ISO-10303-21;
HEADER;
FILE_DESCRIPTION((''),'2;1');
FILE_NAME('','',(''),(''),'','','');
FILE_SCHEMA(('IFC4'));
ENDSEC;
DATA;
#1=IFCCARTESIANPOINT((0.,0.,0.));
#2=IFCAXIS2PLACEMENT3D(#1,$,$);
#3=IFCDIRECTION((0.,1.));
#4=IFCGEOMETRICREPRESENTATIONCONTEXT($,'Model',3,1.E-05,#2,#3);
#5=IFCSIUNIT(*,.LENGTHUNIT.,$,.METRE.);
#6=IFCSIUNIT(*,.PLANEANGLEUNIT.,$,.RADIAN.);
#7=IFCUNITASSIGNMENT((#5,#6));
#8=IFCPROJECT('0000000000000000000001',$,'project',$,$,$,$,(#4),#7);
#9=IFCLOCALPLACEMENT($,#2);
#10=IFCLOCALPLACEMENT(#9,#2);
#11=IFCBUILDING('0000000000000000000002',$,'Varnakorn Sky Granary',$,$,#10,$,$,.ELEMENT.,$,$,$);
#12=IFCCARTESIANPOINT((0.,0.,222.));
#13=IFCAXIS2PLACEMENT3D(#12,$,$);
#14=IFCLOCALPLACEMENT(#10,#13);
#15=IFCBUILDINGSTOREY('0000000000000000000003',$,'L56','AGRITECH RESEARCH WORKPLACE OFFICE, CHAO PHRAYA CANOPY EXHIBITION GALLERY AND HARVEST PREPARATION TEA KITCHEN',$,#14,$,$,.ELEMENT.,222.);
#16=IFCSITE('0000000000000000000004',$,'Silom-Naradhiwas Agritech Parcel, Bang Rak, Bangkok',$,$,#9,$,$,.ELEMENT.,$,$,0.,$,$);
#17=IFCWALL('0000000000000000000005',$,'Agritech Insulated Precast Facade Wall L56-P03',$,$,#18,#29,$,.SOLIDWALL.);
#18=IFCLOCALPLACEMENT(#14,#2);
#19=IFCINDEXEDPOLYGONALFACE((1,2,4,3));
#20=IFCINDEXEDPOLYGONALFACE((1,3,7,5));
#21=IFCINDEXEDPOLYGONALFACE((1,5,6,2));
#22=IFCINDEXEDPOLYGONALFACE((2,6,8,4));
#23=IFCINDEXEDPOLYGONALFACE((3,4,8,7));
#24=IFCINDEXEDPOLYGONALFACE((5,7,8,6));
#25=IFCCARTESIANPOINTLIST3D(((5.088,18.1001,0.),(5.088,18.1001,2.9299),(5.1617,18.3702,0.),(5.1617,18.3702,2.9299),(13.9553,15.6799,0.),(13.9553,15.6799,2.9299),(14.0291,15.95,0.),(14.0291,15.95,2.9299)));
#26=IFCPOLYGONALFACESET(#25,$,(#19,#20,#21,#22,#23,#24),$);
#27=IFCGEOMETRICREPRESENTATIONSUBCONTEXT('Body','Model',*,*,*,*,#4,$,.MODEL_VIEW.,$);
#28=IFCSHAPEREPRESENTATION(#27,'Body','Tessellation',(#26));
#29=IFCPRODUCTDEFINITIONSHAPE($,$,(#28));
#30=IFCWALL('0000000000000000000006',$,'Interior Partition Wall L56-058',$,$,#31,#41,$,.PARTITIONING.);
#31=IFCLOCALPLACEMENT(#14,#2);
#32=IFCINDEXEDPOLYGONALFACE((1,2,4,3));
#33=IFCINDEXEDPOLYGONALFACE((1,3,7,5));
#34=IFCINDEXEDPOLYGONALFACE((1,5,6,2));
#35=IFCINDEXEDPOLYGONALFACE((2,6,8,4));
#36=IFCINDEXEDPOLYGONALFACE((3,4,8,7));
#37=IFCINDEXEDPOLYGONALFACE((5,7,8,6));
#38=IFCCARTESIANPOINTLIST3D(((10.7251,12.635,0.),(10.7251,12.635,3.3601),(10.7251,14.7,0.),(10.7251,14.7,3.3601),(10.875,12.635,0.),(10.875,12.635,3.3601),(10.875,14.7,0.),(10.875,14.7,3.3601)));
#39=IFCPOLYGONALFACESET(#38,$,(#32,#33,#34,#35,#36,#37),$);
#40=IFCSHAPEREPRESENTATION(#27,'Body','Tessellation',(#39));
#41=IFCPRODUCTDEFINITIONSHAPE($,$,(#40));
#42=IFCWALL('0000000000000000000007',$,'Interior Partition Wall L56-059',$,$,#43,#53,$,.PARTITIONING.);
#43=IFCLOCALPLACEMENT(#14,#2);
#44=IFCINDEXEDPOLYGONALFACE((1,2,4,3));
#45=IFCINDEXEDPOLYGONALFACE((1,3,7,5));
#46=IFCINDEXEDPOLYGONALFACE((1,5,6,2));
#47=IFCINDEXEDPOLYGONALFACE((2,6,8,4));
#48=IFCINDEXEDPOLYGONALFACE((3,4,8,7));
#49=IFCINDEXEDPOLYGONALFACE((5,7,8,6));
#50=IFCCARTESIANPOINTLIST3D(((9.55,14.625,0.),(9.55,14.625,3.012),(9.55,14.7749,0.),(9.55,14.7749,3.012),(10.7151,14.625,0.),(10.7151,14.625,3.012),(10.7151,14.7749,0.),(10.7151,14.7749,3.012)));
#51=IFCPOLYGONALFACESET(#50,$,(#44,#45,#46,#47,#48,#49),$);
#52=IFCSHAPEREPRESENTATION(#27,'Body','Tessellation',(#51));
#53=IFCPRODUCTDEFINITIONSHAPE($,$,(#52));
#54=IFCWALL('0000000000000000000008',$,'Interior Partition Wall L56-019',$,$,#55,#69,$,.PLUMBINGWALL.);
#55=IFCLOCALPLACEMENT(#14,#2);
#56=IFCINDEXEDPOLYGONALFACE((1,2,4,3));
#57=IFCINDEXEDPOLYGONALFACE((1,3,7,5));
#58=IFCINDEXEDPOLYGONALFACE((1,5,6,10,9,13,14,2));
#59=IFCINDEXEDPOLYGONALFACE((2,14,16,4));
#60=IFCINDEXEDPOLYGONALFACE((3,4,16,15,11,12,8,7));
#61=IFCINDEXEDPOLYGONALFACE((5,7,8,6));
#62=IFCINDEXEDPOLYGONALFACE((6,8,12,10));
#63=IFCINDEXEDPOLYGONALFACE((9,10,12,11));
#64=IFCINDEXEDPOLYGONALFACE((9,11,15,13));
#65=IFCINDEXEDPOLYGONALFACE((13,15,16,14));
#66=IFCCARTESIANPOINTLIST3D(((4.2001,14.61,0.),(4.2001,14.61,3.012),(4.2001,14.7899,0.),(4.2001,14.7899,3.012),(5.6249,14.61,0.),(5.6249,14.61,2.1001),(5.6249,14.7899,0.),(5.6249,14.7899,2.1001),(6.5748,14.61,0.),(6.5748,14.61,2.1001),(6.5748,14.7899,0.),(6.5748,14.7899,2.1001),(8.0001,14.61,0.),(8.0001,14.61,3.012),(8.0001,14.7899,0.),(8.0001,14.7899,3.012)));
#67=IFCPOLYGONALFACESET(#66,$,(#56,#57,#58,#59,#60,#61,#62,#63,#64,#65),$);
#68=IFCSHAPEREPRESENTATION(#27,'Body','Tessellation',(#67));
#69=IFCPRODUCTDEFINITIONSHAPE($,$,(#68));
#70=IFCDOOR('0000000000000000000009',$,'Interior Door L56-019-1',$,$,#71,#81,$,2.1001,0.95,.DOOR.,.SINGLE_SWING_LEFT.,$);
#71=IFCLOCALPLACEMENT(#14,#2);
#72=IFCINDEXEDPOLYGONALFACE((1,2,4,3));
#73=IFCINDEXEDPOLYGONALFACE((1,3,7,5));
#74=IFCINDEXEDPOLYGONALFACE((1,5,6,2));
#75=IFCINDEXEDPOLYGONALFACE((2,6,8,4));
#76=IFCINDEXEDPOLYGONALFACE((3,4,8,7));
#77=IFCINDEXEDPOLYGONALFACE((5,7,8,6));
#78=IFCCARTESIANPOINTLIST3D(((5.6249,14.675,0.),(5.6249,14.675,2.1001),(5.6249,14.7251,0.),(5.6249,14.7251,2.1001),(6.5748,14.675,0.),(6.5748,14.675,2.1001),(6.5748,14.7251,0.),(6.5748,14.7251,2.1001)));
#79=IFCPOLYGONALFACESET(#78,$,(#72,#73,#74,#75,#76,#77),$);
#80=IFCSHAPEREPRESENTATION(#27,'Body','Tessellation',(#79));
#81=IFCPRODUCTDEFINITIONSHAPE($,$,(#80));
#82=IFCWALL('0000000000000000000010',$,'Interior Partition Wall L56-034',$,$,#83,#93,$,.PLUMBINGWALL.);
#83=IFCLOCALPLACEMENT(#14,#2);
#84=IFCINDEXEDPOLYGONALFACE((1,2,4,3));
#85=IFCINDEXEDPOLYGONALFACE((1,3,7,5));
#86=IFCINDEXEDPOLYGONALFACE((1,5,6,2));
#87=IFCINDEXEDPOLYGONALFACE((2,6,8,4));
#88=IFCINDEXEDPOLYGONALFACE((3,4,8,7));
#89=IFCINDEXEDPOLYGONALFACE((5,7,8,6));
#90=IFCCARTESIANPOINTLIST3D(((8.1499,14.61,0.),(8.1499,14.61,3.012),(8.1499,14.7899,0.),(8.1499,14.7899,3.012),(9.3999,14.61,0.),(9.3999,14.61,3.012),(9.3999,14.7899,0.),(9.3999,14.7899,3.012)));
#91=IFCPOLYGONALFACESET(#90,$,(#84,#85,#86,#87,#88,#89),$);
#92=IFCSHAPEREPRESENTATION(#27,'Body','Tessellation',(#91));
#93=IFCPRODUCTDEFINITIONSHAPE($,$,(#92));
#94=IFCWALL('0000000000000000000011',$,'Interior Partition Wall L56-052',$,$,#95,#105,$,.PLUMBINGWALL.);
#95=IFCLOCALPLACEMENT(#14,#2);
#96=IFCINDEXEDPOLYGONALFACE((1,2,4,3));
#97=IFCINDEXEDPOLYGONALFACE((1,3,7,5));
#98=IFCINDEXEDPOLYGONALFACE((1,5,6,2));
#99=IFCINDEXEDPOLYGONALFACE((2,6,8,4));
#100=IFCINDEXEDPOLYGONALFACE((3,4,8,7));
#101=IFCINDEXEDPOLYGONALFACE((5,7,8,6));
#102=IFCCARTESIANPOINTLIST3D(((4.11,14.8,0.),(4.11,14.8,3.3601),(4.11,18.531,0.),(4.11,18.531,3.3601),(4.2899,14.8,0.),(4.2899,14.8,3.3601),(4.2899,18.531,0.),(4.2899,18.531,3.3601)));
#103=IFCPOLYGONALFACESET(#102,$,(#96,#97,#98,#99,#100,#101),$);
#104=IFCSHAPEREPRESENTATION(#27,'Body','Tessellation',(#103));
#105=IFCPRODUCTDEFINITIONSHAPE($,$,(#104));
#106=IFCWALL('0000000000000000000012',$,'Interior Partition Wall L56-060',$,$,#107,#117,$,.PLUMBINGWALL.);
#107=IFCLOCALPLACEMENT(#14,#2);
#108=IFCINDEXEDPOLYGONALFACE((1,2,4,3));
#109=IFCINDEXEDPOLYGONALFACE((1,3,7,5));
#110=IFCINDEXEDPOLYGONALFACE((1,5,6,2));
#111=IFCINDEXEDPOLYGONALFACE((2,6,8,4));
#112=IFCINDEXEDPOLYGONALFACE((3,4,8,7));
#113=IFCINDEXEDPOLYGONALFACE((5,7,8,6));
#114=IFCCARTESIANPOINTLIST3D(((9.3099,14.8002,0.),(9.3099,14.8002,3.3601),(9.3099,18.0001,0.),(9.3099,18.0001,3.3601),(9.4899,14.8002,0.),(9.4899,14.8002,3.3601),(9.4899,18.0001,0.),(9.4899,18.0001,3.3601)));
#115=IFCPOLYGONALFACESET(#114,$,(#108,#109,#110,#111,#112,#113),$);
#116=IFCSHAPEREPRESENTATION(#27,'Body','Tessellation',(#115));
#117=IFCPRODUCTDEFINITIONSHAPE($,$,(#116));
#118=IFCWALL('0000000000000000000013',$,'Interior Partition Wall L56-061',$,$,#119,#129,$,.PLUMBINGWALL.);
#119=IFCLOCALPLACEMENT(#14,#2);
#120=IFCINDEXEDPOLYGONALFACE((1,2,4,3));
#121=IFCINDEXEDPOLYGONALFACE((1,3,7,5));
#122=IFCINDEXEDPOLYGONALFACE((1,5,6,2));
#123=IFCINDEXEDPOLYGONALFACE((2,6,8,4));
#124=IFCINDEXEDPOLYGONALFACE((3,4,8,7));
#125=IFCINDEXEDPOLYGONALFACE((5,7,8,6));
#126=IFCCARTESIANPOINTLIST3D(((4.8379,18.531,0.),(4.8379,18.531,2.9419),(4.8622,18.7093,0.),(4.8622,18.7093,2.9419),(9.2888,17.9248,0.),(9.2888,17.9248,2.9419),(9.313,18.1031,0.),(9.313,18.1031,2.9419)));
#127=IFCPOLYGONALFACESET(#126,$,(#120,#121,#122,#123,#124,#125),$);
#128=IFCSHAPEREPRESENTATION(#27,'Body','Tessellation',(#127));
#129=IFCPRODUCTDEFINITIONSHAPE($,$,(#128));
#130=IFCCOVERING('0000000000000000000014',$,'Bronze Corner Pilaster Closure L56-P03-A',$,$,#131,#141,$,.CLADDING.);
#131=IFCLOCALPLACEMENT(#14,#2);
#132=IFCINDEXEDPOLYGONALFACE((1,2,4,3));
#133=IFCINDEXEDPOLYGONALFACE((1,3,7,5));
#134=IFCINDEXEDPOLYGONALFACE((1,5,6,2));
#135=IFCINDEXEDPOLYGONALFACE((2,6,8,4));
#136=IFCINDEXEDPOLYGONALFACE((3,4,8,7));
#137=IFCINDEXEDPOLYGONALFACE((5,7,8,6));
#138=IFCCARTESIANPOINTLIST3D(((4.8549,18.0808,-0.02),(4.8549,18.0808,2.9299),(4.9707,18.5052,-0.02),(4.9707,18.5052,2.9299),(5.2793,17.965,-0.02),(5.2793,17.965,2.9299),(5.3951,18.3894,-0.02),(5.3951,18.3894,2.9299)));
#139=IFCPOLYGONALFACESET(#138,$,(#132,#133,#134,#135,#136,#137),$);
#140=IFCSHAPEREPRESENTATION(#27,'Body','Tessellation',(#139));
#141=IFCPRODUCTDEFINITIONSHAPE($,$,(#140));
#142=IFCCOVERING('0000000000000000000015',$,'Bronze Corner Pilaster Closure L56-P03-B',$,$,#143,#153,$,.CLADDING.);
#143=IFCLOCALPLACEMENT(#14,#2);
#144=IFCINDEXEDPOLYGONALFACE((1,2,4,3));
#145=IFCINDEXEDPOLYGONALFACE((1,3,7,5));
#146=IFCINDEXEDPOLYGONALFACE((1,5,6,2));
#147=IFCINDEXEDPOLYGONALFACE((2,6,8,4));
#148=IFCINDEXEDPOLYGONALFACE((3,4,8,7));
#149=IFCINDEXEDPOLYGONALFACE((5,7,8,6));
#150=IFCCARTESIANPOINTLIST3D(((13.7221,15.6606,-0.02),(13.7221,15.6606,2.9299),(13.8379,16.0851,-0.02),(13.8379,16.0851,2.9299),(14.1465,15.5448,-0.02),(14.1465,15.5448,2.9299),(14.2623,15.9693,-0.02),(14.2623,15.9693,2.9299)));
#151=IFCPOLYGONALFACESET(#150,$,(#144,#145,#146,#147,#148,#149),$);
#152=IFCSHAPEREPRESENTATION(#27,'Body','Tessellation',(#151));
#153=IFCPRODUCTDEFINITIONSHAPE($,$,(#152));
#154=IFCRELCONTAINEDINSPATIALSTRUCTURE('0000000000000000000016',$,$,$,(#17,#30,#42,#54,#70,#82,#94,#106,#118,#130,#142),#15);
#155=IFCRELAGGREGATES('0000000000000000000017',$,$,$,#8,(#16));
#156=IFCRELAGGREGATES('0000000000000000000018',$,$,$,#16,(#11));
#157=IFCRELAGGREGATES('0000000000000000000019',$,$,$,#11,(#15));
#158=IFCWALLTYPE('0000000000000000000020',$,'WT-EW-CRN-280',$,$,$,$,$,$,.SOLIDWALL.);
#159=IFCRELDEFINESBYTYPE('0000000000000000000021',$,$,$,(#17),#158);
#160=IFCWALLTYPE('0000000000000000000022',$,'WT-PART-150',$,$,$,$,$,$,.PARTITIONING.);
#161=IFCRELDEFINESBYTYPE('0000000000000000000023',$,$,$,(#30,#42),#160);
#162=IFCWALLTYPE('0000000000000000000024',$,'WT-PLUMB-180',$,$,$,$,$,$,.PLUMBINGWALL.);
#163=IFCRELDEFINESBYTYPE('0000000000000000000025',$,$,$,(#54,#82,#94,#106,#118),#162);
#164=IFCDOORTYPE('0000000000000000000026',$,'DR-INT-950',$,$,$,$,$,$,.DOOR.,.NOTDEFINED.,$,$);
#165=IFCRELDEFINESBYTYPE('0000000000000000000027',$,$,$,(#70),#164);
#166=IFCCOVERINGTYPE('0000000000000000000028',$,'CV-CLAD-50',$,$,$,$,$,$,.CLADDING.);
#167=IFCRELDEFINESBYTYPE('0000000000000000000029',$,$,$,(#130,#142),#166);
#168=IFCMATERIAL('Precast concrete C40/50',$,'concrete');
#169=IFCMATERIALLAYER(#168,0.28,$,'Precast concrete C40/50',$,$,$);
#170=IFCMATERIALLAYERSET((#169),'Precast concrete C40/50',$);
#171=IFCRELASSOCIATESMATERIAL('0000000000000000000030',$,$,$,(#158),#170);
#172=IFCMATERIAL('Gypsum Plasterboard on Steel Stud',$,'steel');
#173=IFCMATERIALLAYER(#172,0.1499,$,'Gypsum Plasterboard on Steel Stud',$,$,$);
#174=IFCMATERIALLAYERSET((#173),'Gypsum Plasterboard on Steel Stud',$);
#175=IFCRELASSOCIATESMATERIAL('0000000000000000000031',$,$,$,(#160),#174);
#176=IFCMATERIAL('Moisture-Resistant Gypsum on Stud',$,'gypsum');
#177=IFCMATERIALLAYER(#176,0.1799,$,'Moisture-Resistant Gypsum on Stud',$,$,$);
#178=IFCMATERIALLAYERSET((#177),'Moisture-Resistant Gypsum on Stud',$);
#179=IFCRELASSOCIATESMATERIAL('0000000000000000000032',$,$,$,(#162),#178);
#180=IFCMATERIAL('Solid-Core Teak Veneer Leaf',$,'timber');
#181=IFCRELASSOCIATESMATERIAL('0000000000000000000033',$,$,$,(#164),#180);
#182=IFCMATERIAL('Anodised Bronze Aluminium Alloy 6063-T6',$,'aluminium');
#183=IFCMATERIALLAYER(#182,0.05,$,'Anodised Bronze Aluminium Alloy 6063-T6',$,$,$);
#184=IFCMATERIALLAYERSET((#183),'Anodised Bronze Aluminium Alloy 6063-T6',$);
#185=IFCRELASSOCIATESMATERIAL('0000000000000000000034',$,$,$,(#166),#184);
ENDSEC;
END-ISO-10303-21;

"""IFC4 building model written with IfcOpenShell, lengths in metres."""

from ifc_helpers import new_model, si_unit, direction, frame, frame_2d, origin, origin_2d, place, context, subcontext, project, spatial, rectangle, extrude, source, transform, mapped, material, layer, layer_set, type_object, type_shapes, element, fill, save


model = new_model("IFC4")

# Units and contexts
model_context = context("Model", 3, precision=1e-05, world=origin(), true_north=direction((0.0, 1.0)))
body_context = subcontext(model_context, "Body", "Model", "MODEL_VIEW")
ifc_project = project(units=[si_unit("LENGTHUNIT", "METRE"), si_unit("PLANEANGLEUNIT", "RADIAN")], contexts=[model_context])

# Site, building, storey
site_placement = place(None, origin())
site = spatial("IfcSite", under=ifc_project, at=site_placement, Name="Silom-Naradhiwas Agritech Parcel, Bang Rak, Bangkok", CompositionType="ELEMENT", RefElevation=0.0)
building_placement = place(site_placement, origin())
building = spatial("IfcBuilding", under=site, at=building_placement, Name="Varnakorn Sky Granary", CompositionType="ELEMENT")
storey_placement = place(building_placement, frame((0.0, 0.0, 222.0)))
storey = spatial("IfcBuildingStorey", under=building, at=storey_placement, Name="L56", Description="AGRITECH RESEARCH WORKPLACE OFFICE, CHAO PHRAYA CANOPY EXHIBITION GALLERY AND HARVEST PREPARATION TEA KITCHEN", CompositionType="ELEMENT", Elevation=222.0)

# Shared definitions
ifc_material_1 = material(Name="Anodised Bronze Aluminium Alloy 6063-T6", Category="aluminium")

# Walls
ifc_material_2 = material(Name="Precast concrete C40/50", Category="concrete")
ifc_layer_1 = layer(ifc_material_2, 0.28, Name="Precast concrete C40/50")
ifc_layer_set_1 = layer_set([ifc_layer_1], Name="Precast concrete C40/50")
wall_type_1 = type_object("IfcWallType", Name="WT-EW-CRN-280", PredefinedType="SOLIDWALL", material=ifc_layer_set_1)
wall_1_placement = place(storey_placement, frame((5.125, 18.2351, 0.0), z_axis=(0.0, 0.0, 1.0), x_axis=(0.964713, -0.263304, 0.0)))
element("IfcWall", 1, at=wall_1_placement, inside=storey, type_object=wall_type_1, Name="Agritech Insulated Precast Facade Wall L56-P03", PredefinedType="SOLIDWALL", context=body_context, shape_type="SweptSolid", body=[
    extrude(rectangle(XDim=9.1917, YDim=0.28, at=frame_2d((4.5957, 0.0))), origin(), (0.0, 0.0, 1.0), 2.9299),
])
ifc_material_3 = material(Name="Gypsum Plasterboard on Steel Stud", Category="steel")
ifc_layer_2 = layer(ifc_material_3, 0.1499, Name="Gypsum Plasterboard on Steel Stud")
ifc_layer_set_2 = layer_set([ifc_layer_2], Name="Gypsum Plasterboard on Steel Stud")
wall_type_2 = type_object("IfcWallType", Name="WT-PART-150", PredefinedType="PARTITIONING", material=ifc_layer_set_2)
wall_2_placement = place(storey_placement, frame((10.8, 12.635, 0.0), z_axis=(0.0, 0.0, 1.0), x_axis=(0.0, 1.0, 0.0)))
element("IfcWall", 2, at=wall_2_placement, inside=storey, type_object=wall_type_2, Name="Interior Partition Wall L56-058", PredefinedType="PARTITIONING", context=body_context, shape_type="SweptSolid", body=[
    extrude(rectangle(XDim=2.0649, YDim=0.1499, at=frame_2d((1.0325, 0.0))), origin(), (0.0, 0.0, 1.0), 3.3601),
])
wall_3_placement = place(storey_placement, frame((10.7151, 14.7, 0.0), z_axis=(0.0, 0.0, 1.0), x_axis=(-1.0, 0.0, 0.0)))
element("IfcWall", 3, at=wall_3_placement, inside=storey, type_object=wall_type_2, Name="Interior Partition Wall L56-059", PredefinedType="PARTITIONING", context=body_context, shape_type="SweptSolid", body=[
    extrude(rectangle(XDim=1.165, YDim=0.1499, at=frame_2d((0.5825, 0.0))), origin(), (0.0, 0.0, 1.0), 3.012),
])

# Wall, opening, door
ifc_material_4 = material(Name="Moisture-Resistant Gypsum on Stud", Category="gypsum")
ifc_layer_3 = layer(ifc_material_4, 0.1799, Name="Moisture-Resistant Gypsum on Stud")
ifc_layer_set_3 = layer_set([ifc_layer_3], Name="Moisture-Resistant Gypsum on Stud")
wall_type_3 = type_object("IfcWallType", Name="WT-PLUMB-180", PredefinedType="PLUMBINGWALL", material=ifc_layer_set_3)
wall_4_placement = place(storey_placement, frame((8.0, 14.7, 0.0), z_axis=(0.0, 0.0, 1.0), x_axis=(-1.0, 0.0, 0.0)))
wall_4 = element("IfcWall", 4, at=wall_4_placement, inside=storey, type_object=wall_type_3, Name="Interior Partition Wall L56-019", PredefinedType="PLUMBINGWALL", context=body_context, shape_type="SweptSolid", body=[
    extrude(rectangle(XDim=3.8, YDim=0.1799, at=frame_2d((1.8999, 0.0))), origin(), (0.0, 0.0, 1.0), 3.012),
])
opening_placement = place(wall_4_placement, frame((1.425, 0.0, 0.0)))
opening = element("IfcOpeningElement", 5, at=opening_placement, cuts=wall_4, PredefinedType="OPENING", context=body_context, shape_type="SweptSolid", body=[
    extrude(rectangle(XDim=0.95, YDim=2.1001, at=frame_2d((0.4751, 1.05))), frame((0.0, 0.1001, 0.0), z_axis=(0.0, -1.0, 0.0), x_axis=(1.0, 0.0, 0.0)), (0.0, 0.0, 1.0), 0.2),
])
ifc_material_5 = material(Name="Solid-Core Teak Veneer Leaf", Category="timber")
door_type = type_object("IfcDoorType", Name="DR-INT-950", OperationType="NOTDEFINED", PredefinedType="DOOR", material=ifc_material_5)
door_placement = place(opening_placement, origin())
door = element("IfcDoor", 6, at=door_placement, inside=storey, type_object=door_type, Name="Interior Door L56-019-1", OperationType="SINGLE_SWING_LEFT", OverallHeight=2.1001, OverallWidth=0.95, PredefinedType="DOOR", context=body_context, shape_type="SweptSolid", body=[
    extrude(rectangle(XDim=0.95, YDim=2.1001, at=frame_2d((0.4751, 1.05))), frame((0.0, 0.0249, 0.0), z_axis=(0.0, -1.0, 0.0), x_axis=(1.0, 0.0, 0.0)), (0.0, 0.0, 1.0), 0.05),
])
fill(opening, door)

# Walls
wall_5_placement = place(storey_placement, frame((9.3999, 14.7, 0.0), z_axis=(0.0, 0.0, 1.0), x_axis=(-1.0, 0.0, 0.0)))
element("IfcWall", 7, at=wall_5_placement, inside=storey, type_object=wall_type_3, Name="Interior Partition Wall L56-034", PredefinedType="PLUMBINGWALL", context=body_context, shape_type="SweptSolid", body=[
    extrude(rectangle(XDim=1.25, YDim=0.1799, at=frame_2d((0.625, 0.0))), origin(), (0.0, 0.0, 1.0), 3.012),
])
wall_6_placement = place(storey_placement, frame((4.2, 18.531, 0.0), z_axis=(0.0, 0.0, 1.0), x_axis=(0.0, -1.0, 0.0)))
element("IfcWall", 8, at=wall_6_placement, inside=storey, type_object=wall_type_3, Name="Interior Partition Wall L56-052", PredefinedType="PLUMBINGWALL", context=body_context, shape_type="SweptSolid", body=[
    extrude(rectangle(XDim=3.731, YDim=0.1799, at=frame_2d((1.8655, 0.0))), origin(), (0.0, 0.0, 1.0), 3.3601),
])
wall_7_placement = place(storey_placement, frame((9.3999, 14.8, 0.0), z_axis=(0.0, 0.0, 1.0), x_axis=(0.0, 1.0, 0.0)))
element("IfcWall", 9, at=wall_7_placement, inside=storey, type_object=wall_type_3, Name="Interior Partition Wall L56-060", PredefinedType="PLUMBINGWALL", context=body_context, shape_type="SweptSolid", body=[
    extrude(rectangle(XDim=3.2, YDim=0.1799, at=frame_2d((1.6001, 0.0))), origin(), (0.0, 0.0, 1.0), 3.3601),
])
wall_8_placement = place(storey_placement, frame((9.301, 18.0139, 0.0), z_axis=(0.0, 0.0, 1.0), x_axis=(-0.990852, 0.134951, 0.0)))
element("IfcWall", 10, at=wall_8_placement, inside=storey, type_object=wall_type_3, Name="Interior Partition Wall L56-061", PredefinedType="PLUMBINGWALL", context=body_context, shape_type="SweptSolid", body=[
    extrude(rectangle(XDim=4.4919, YDim=0.1799, at=frame_2d((2.2461, 0.0))), origin(), (0.0, 0.0, 1.0), 2.9419),
])

# Coverings
ifc_layer_4 = layer(ifc_material_1, 0.05, Name="Anodised Bronze Aluminium Alloy 6063-T6")
ifc_layer_set_4 = layer_set([ifc_layer_4], Name="Anodised Bronze Aluminium Alloy 6063-T6")
covering_type = type_object("IfcCoveringType", Name="CV-CLAD-50", PredefinedType="CLADDING", material=ifc_layer_set_4)
shared_shape = source(origin(), body_context, "Body", "SweptSolid", [
    extrude(rectangle(XDim=0.4399, YDim=0.4399, at=origin_2d()), origin(), (0.0, 0.0, 1.0), 2.95),
])
type_shapes(covering_type, [shared_shape])
for number, where, z_axis, x_axis, name in (
    (11, (5.125, 18.2351, -0.02), (0.0, 0.0, 1.0), (0.964741, -0.2632, 0.0), "Bronze Corner Pilaster Closure L56-P03-A"),
    (12, (13.9922, 15.8149, -0.02), (0.0, 0.0, 1.0), (0.964741, -0.2632, 0.0), "Bronze Corner Pilaster Closure L56-P03-B"),
):
    element("IfcCovering", number, at=place(storey_placement, frame(where, z_axis=z_axis, x_axis=x_axis)), inside=storey, type_object=covering_type, Name=name, PredefinedType="CLADDING", context=body_context, shape_type="MappedRepresentation", body=[
        mapped(shared_shape, transform((0.0, 0.0, 0.0), x_axis=(1.0, 0.0, 0.0), y_axis=(0.0, 1.0, 0.0), z_axis=(0.0, 0.0, 1.0), scale=1.0)),
    ])

save(model, "model.ifc")
